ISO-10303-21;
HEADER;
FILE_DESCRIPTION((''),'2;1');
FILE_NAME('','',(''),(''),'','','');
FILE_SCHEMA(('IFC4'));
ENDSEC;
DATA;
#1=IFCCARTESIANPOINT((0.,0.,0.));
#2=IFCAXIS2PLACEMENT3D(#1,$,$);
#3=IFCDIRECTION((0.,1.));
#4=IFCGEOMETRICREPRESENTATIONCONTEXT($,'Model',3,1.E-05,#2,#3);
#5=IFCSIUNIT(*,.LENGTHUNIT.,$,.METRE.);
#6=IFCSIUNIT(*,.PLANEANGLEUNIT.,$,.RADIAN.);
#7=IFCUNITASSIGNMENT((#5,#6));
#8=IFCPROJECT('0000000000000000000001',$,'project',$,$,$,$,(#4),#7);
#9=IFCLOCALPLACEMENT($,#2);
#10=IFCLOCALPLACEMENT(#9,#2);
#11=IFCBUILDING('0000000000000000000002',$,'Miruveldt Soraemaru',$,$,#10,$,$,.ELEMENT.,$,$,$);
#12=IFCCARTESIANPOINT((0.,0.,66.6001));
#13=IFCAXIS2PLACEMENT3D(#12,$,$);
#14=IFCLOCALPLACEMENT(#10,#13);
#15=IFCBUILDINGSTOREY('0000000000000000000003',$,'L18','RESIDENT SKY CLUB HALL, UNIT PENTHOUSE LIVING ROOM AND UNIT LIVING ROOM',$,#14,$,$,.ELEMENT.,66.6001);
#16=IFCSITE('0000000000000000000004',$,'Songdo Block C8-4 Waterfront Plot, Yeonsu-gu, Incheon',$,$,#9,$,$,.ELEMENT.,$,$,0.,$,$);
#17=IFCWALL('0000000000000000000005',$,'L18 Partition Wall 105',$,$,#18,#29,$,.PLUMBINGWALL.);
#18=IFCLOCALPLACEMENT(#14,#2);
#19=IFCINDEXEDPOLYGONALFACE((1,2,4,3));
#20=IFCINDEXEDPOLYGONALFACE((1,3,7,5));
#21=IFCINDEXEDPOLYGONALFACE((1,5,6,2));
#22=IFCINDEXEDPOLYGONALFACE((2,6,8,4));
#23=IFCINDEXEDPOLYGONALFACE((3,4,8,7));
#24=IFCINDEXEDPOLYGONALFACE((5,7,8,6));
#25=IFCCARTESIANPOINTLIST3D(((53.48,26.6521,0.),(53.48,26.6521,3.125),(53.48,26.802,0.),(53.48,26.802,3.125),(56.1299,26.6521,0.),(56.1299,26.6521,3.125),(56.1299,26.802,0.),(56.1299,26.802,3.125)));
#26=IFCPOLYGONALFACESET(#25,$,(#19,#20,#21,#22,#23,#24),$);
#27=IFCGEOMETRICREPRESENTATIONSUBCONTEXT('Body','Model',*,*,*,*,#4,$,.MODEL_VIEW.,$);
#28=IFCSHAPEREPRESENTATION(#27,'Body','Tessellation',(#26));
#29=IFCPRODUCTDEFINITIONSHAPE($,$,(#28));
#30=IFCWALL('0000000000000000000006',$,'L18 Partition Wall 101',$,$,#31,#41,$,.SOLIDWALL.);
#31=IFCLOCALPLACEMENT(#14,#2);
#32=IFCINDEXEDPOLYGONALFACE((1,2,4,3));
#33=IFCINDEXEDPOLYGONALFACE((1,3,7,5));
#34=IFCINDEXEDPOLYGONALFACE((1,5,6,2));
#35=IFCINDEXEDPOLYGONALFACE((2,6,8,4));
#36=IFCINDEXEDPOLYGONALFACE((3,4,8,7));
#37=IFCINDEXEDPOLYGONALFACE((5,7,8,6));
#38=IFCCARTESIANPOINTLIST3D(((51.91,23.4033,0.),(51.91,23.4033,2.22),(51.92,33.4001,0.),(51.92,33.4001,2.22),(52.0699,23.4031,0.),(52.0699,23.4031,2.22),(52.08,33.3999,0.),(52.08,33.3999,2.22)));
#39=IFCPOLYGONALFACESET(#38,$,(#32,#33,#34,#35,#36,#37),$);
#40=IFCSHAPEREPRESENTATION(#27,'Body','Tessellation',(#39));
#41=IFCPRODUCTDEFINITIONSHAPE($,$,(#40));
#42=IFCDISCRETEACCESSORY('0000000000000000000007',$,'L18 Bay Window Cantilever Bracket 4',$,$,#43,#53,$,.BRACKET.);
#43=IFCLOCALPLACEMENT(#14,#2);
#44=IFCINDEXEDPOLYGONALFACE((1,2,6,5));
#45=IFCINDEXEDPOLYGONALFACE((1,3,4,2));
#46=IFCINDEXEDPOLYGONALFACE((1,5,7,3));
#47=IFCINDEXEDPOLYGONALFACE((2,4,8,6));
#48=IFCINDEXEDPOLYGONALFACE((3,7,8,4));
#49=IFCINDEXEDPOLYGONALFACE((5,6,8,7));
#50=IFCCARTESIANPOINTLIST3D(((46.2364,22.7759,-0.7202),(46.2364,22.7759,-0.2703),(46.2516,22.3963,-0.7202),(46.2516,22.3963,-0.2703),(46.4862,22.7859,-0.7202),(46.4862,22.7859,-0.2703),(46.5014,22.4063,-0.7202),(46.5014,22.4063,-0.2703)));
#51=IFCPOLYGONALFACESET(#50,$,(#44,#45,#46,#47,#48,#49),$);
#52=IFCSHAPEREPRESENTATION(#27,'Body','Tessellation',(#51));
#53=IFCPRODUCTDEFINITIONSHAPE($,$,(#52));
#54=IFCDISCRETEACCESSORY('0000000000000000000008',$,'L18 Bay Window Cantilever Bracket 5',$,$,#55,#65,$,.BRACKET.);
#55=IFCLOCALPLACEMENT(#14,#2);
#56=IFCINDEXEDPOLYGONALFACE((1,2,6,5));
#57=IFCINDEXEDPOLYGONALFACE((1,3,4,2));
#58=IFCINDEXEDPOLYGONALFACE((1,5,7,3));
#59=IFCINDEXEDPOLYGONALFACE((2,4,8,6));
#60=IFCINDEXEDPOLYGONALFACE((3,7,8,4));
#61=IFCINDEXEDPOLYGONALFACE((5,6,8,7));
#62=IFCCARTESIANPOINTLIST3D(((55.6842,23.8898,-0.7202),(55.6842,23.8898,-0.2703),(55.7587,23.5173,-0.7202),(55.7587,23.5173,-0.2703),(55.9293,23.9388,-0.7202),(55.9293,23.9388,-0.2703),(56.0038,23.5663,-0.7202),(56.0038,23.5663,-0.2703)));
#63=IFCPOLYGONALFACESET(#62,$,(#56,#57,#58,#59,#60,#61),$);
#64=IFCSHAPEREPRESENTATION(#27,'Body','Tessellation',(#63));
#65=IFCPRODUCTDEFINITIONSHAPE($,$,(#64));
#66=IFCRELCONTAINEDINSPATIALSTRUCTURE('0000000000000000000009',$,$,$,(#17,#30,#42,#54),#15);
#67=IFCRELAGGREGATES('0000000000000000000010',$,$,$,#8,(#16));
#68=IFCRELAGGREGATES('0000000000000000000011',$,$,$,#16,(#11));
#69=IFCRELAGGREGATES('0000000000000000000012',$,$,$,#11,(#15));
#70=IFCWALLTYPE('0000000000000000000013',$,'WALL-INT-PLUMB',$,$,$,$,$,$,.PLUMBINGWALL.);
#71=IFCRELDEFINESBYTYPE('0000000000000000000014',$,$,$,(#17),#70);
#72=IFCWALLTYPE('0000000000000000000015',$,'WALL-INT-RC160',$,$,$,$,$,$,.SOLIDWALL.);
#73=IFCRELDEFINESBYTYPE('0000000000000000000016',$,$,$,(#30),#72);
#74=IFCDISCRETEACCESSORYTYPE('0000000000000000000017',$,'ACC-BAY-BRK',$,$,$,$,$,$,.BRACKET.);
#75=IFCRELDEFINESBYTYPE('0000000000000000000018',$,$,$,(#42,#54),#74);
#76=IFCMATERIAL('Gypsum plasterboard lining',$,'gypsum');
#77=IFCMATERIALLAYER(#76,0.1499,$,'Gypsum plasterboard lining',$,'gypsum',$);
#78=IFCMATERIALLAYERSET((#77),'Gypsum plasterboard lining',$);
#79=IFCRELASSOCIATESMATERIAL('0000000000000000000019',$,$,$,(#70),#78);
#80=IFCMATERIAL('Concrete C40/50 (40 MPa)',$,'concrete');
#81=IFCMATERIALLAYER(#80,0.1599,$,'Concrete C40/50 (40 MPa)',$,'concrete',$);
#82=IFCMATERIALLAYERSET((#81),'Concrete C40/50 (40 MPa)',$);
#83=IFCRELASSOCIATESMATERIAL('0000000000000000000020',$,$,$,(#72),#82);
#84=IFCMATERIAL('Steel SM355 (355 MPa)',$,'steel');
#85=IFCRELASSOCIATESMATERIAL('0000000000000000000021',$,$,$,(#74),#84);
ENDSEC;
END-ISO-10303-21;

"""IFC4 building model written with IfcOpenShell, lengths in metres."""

from ifc_helpers import new_model, si_unit, direction, frame, frame_2d, origin, origin_2d, place, context, subcontext, project, spatial, rectangle, extrude, material, layer, layer_set, type_object, element, save


model = new_model("IFC4")

# Units and contexts
model_context = context("Model", 3, precision=1e-05, world=origin(), true_north=direction((0.0, 1.0)))
body_context = subcontext(model_context, "Body", "Model", "MODEL_VIEW")
ifc_project = project(units=[si_unit("LENGTHUNIT", "METRE"), si_unit("PLANEANGLEUNIT", "RADIAN")], contexts=[model_context])

# Site, building, storey
site_placement = place(None, origin())
site = spatial("IfcSite", under=ifc_project, at=site_placement, Name="Songdo Block C8-4 Waterfront Plot, Yeonsu-gu, Incheon", CompositionType="ELEMENT", RefElevation=0.0)
building_placement = place(site_placement, origin())
building = spatial("IfcBuilding", under=site, at=building_placement, Name="Miruveldt Soraemaru", CompositionType="ELEMENT")
storey_placement = place(building_placement, frame((0.0, 0.0, 66.6001)))
storey = spatial("IfcBuildingStorey", under=building, at=storey_placement, Name="L18", Description="RESIDENT SKY CLUB HALL, UNIT PENTHOUSE LIVING ROOM AND UNIT LIVING ROOM", CompositionType="ELEMENT", Elevation=66.6001)

# Shared definitions
ifc_material_1 = material(Name="Gypsum plasterboard lining", Category="gypsum")

# Walls
ifc_layer_1 = layer(ifc_material_1, 0.1499, Name="Gypsum plasterboard lining", Category="gypsum")
ifc_layer_set_1 = layer_set([ifc_layer_1], Name="Gypsum plasterboard lining")
wall_type_1 = type_object("IfcWallType", Name="WALL-INT-PLUMB", PredefinedType="PLUMBINGWALL", material=ifc_layer_set_1)
wall_1_placement = place(storey_placement, frame((53.48, 26.7271, 0.0), z_axis=(0.0, 0.0, 1.0), x_axis=(1.0, 0.0, 0.0)))
element("IfcWall", 1, at=wall_1_placement, inside=storey, type_object=wall_type_1, Name="L18 Partition Wall 105", PredefinedType="PLUMBINGWALL", context=body_context, shape_type="SweptSolid", body=[
    extrude(rectangle(XDim=2.6499, YDim=0.1499, at=frame_2d((1.325, 0.0))), origin(), (0.0, 0.0, 1.0), 3.125),
])
ifc_material_2 = material(Name="Concrete C40/50 (40 MPa)", Category="concrete")
ifc_layer_2 = layer(ifc_material_2, 0.1599, Name="Concrete C40/50 (40 MPa)", Category="concrete")
ifc_layer_set_2 = layer_set([ifc_layer_2], Name="Concrete C40/50 (40 MPa)")
wall_type_2 = type_object("IfcWallType", Name="WALL-INT-RC160", PredefinedType="SOLIDWALL", material=ifc_layer_set_2)
wall_2_placement = place(storey_placement, frame((51.99, 23.4031, 0.0), z_axis=(0.0, 0.0, 1.0), x_axis=(0.001001, 0.999999, 0.0)))
element("IfcWall", 2, at=wall_2_placement, inside=storey, type_object=wall_type_2, Name="L18 Partition Wall 101", PredefinedType="SOLIDWALL", context=body_context, shape_type="SweptSolid", body=[
    extrude(rectangle(XDim=9.9968, YDim=0.1599, at=frame_2d((4.9985, 0.0))), origin(), (0.0, 0.0, 1.0), 2.22),
])

# Discrete accessories
ifc_material_3 = material(Name="Steel SM355 (355 MPa)", Category="steel")
discrete_accessory_type = type_object("IfcDiscreteAccessoryType", Name="ACC-BAY-BRK", PredefinedType="BRACKET", material=ifc_material_3)
for number, where, z_axis, x_axis, name in (
    (3, (46.3689, 22.5911, -0.7202), (0.0, 0.0, 1.0), (0.039975, -0.999201, 0.0), "L18 Bay Window Cantilever Bracket 4"),
    (4, (55.844, 23.728, -0.7202), (0.0, 0.0, 1.0), (0.196117, -0.98058, 0.0), "L18 Bay Window Cantilever Bracket 5"),
):
    element("IfcDiscreteAccessory", number, at=place(storey_placement, frame(where, z_axis=z_axis, x_axis=x_axis)), inside=storey, type_object=discrete_accessory_type, Name=name, PredefinedType="BRACKET", context=body_context, shape_type="SweptSolid", body=[
        extrude(rectangle(XDim=0.3799, YDim=0.25, at=origin_2d()), origin(), (0.0, 0.0, 1.0), 0.45),
    ])

save(model, "model.ifc")
